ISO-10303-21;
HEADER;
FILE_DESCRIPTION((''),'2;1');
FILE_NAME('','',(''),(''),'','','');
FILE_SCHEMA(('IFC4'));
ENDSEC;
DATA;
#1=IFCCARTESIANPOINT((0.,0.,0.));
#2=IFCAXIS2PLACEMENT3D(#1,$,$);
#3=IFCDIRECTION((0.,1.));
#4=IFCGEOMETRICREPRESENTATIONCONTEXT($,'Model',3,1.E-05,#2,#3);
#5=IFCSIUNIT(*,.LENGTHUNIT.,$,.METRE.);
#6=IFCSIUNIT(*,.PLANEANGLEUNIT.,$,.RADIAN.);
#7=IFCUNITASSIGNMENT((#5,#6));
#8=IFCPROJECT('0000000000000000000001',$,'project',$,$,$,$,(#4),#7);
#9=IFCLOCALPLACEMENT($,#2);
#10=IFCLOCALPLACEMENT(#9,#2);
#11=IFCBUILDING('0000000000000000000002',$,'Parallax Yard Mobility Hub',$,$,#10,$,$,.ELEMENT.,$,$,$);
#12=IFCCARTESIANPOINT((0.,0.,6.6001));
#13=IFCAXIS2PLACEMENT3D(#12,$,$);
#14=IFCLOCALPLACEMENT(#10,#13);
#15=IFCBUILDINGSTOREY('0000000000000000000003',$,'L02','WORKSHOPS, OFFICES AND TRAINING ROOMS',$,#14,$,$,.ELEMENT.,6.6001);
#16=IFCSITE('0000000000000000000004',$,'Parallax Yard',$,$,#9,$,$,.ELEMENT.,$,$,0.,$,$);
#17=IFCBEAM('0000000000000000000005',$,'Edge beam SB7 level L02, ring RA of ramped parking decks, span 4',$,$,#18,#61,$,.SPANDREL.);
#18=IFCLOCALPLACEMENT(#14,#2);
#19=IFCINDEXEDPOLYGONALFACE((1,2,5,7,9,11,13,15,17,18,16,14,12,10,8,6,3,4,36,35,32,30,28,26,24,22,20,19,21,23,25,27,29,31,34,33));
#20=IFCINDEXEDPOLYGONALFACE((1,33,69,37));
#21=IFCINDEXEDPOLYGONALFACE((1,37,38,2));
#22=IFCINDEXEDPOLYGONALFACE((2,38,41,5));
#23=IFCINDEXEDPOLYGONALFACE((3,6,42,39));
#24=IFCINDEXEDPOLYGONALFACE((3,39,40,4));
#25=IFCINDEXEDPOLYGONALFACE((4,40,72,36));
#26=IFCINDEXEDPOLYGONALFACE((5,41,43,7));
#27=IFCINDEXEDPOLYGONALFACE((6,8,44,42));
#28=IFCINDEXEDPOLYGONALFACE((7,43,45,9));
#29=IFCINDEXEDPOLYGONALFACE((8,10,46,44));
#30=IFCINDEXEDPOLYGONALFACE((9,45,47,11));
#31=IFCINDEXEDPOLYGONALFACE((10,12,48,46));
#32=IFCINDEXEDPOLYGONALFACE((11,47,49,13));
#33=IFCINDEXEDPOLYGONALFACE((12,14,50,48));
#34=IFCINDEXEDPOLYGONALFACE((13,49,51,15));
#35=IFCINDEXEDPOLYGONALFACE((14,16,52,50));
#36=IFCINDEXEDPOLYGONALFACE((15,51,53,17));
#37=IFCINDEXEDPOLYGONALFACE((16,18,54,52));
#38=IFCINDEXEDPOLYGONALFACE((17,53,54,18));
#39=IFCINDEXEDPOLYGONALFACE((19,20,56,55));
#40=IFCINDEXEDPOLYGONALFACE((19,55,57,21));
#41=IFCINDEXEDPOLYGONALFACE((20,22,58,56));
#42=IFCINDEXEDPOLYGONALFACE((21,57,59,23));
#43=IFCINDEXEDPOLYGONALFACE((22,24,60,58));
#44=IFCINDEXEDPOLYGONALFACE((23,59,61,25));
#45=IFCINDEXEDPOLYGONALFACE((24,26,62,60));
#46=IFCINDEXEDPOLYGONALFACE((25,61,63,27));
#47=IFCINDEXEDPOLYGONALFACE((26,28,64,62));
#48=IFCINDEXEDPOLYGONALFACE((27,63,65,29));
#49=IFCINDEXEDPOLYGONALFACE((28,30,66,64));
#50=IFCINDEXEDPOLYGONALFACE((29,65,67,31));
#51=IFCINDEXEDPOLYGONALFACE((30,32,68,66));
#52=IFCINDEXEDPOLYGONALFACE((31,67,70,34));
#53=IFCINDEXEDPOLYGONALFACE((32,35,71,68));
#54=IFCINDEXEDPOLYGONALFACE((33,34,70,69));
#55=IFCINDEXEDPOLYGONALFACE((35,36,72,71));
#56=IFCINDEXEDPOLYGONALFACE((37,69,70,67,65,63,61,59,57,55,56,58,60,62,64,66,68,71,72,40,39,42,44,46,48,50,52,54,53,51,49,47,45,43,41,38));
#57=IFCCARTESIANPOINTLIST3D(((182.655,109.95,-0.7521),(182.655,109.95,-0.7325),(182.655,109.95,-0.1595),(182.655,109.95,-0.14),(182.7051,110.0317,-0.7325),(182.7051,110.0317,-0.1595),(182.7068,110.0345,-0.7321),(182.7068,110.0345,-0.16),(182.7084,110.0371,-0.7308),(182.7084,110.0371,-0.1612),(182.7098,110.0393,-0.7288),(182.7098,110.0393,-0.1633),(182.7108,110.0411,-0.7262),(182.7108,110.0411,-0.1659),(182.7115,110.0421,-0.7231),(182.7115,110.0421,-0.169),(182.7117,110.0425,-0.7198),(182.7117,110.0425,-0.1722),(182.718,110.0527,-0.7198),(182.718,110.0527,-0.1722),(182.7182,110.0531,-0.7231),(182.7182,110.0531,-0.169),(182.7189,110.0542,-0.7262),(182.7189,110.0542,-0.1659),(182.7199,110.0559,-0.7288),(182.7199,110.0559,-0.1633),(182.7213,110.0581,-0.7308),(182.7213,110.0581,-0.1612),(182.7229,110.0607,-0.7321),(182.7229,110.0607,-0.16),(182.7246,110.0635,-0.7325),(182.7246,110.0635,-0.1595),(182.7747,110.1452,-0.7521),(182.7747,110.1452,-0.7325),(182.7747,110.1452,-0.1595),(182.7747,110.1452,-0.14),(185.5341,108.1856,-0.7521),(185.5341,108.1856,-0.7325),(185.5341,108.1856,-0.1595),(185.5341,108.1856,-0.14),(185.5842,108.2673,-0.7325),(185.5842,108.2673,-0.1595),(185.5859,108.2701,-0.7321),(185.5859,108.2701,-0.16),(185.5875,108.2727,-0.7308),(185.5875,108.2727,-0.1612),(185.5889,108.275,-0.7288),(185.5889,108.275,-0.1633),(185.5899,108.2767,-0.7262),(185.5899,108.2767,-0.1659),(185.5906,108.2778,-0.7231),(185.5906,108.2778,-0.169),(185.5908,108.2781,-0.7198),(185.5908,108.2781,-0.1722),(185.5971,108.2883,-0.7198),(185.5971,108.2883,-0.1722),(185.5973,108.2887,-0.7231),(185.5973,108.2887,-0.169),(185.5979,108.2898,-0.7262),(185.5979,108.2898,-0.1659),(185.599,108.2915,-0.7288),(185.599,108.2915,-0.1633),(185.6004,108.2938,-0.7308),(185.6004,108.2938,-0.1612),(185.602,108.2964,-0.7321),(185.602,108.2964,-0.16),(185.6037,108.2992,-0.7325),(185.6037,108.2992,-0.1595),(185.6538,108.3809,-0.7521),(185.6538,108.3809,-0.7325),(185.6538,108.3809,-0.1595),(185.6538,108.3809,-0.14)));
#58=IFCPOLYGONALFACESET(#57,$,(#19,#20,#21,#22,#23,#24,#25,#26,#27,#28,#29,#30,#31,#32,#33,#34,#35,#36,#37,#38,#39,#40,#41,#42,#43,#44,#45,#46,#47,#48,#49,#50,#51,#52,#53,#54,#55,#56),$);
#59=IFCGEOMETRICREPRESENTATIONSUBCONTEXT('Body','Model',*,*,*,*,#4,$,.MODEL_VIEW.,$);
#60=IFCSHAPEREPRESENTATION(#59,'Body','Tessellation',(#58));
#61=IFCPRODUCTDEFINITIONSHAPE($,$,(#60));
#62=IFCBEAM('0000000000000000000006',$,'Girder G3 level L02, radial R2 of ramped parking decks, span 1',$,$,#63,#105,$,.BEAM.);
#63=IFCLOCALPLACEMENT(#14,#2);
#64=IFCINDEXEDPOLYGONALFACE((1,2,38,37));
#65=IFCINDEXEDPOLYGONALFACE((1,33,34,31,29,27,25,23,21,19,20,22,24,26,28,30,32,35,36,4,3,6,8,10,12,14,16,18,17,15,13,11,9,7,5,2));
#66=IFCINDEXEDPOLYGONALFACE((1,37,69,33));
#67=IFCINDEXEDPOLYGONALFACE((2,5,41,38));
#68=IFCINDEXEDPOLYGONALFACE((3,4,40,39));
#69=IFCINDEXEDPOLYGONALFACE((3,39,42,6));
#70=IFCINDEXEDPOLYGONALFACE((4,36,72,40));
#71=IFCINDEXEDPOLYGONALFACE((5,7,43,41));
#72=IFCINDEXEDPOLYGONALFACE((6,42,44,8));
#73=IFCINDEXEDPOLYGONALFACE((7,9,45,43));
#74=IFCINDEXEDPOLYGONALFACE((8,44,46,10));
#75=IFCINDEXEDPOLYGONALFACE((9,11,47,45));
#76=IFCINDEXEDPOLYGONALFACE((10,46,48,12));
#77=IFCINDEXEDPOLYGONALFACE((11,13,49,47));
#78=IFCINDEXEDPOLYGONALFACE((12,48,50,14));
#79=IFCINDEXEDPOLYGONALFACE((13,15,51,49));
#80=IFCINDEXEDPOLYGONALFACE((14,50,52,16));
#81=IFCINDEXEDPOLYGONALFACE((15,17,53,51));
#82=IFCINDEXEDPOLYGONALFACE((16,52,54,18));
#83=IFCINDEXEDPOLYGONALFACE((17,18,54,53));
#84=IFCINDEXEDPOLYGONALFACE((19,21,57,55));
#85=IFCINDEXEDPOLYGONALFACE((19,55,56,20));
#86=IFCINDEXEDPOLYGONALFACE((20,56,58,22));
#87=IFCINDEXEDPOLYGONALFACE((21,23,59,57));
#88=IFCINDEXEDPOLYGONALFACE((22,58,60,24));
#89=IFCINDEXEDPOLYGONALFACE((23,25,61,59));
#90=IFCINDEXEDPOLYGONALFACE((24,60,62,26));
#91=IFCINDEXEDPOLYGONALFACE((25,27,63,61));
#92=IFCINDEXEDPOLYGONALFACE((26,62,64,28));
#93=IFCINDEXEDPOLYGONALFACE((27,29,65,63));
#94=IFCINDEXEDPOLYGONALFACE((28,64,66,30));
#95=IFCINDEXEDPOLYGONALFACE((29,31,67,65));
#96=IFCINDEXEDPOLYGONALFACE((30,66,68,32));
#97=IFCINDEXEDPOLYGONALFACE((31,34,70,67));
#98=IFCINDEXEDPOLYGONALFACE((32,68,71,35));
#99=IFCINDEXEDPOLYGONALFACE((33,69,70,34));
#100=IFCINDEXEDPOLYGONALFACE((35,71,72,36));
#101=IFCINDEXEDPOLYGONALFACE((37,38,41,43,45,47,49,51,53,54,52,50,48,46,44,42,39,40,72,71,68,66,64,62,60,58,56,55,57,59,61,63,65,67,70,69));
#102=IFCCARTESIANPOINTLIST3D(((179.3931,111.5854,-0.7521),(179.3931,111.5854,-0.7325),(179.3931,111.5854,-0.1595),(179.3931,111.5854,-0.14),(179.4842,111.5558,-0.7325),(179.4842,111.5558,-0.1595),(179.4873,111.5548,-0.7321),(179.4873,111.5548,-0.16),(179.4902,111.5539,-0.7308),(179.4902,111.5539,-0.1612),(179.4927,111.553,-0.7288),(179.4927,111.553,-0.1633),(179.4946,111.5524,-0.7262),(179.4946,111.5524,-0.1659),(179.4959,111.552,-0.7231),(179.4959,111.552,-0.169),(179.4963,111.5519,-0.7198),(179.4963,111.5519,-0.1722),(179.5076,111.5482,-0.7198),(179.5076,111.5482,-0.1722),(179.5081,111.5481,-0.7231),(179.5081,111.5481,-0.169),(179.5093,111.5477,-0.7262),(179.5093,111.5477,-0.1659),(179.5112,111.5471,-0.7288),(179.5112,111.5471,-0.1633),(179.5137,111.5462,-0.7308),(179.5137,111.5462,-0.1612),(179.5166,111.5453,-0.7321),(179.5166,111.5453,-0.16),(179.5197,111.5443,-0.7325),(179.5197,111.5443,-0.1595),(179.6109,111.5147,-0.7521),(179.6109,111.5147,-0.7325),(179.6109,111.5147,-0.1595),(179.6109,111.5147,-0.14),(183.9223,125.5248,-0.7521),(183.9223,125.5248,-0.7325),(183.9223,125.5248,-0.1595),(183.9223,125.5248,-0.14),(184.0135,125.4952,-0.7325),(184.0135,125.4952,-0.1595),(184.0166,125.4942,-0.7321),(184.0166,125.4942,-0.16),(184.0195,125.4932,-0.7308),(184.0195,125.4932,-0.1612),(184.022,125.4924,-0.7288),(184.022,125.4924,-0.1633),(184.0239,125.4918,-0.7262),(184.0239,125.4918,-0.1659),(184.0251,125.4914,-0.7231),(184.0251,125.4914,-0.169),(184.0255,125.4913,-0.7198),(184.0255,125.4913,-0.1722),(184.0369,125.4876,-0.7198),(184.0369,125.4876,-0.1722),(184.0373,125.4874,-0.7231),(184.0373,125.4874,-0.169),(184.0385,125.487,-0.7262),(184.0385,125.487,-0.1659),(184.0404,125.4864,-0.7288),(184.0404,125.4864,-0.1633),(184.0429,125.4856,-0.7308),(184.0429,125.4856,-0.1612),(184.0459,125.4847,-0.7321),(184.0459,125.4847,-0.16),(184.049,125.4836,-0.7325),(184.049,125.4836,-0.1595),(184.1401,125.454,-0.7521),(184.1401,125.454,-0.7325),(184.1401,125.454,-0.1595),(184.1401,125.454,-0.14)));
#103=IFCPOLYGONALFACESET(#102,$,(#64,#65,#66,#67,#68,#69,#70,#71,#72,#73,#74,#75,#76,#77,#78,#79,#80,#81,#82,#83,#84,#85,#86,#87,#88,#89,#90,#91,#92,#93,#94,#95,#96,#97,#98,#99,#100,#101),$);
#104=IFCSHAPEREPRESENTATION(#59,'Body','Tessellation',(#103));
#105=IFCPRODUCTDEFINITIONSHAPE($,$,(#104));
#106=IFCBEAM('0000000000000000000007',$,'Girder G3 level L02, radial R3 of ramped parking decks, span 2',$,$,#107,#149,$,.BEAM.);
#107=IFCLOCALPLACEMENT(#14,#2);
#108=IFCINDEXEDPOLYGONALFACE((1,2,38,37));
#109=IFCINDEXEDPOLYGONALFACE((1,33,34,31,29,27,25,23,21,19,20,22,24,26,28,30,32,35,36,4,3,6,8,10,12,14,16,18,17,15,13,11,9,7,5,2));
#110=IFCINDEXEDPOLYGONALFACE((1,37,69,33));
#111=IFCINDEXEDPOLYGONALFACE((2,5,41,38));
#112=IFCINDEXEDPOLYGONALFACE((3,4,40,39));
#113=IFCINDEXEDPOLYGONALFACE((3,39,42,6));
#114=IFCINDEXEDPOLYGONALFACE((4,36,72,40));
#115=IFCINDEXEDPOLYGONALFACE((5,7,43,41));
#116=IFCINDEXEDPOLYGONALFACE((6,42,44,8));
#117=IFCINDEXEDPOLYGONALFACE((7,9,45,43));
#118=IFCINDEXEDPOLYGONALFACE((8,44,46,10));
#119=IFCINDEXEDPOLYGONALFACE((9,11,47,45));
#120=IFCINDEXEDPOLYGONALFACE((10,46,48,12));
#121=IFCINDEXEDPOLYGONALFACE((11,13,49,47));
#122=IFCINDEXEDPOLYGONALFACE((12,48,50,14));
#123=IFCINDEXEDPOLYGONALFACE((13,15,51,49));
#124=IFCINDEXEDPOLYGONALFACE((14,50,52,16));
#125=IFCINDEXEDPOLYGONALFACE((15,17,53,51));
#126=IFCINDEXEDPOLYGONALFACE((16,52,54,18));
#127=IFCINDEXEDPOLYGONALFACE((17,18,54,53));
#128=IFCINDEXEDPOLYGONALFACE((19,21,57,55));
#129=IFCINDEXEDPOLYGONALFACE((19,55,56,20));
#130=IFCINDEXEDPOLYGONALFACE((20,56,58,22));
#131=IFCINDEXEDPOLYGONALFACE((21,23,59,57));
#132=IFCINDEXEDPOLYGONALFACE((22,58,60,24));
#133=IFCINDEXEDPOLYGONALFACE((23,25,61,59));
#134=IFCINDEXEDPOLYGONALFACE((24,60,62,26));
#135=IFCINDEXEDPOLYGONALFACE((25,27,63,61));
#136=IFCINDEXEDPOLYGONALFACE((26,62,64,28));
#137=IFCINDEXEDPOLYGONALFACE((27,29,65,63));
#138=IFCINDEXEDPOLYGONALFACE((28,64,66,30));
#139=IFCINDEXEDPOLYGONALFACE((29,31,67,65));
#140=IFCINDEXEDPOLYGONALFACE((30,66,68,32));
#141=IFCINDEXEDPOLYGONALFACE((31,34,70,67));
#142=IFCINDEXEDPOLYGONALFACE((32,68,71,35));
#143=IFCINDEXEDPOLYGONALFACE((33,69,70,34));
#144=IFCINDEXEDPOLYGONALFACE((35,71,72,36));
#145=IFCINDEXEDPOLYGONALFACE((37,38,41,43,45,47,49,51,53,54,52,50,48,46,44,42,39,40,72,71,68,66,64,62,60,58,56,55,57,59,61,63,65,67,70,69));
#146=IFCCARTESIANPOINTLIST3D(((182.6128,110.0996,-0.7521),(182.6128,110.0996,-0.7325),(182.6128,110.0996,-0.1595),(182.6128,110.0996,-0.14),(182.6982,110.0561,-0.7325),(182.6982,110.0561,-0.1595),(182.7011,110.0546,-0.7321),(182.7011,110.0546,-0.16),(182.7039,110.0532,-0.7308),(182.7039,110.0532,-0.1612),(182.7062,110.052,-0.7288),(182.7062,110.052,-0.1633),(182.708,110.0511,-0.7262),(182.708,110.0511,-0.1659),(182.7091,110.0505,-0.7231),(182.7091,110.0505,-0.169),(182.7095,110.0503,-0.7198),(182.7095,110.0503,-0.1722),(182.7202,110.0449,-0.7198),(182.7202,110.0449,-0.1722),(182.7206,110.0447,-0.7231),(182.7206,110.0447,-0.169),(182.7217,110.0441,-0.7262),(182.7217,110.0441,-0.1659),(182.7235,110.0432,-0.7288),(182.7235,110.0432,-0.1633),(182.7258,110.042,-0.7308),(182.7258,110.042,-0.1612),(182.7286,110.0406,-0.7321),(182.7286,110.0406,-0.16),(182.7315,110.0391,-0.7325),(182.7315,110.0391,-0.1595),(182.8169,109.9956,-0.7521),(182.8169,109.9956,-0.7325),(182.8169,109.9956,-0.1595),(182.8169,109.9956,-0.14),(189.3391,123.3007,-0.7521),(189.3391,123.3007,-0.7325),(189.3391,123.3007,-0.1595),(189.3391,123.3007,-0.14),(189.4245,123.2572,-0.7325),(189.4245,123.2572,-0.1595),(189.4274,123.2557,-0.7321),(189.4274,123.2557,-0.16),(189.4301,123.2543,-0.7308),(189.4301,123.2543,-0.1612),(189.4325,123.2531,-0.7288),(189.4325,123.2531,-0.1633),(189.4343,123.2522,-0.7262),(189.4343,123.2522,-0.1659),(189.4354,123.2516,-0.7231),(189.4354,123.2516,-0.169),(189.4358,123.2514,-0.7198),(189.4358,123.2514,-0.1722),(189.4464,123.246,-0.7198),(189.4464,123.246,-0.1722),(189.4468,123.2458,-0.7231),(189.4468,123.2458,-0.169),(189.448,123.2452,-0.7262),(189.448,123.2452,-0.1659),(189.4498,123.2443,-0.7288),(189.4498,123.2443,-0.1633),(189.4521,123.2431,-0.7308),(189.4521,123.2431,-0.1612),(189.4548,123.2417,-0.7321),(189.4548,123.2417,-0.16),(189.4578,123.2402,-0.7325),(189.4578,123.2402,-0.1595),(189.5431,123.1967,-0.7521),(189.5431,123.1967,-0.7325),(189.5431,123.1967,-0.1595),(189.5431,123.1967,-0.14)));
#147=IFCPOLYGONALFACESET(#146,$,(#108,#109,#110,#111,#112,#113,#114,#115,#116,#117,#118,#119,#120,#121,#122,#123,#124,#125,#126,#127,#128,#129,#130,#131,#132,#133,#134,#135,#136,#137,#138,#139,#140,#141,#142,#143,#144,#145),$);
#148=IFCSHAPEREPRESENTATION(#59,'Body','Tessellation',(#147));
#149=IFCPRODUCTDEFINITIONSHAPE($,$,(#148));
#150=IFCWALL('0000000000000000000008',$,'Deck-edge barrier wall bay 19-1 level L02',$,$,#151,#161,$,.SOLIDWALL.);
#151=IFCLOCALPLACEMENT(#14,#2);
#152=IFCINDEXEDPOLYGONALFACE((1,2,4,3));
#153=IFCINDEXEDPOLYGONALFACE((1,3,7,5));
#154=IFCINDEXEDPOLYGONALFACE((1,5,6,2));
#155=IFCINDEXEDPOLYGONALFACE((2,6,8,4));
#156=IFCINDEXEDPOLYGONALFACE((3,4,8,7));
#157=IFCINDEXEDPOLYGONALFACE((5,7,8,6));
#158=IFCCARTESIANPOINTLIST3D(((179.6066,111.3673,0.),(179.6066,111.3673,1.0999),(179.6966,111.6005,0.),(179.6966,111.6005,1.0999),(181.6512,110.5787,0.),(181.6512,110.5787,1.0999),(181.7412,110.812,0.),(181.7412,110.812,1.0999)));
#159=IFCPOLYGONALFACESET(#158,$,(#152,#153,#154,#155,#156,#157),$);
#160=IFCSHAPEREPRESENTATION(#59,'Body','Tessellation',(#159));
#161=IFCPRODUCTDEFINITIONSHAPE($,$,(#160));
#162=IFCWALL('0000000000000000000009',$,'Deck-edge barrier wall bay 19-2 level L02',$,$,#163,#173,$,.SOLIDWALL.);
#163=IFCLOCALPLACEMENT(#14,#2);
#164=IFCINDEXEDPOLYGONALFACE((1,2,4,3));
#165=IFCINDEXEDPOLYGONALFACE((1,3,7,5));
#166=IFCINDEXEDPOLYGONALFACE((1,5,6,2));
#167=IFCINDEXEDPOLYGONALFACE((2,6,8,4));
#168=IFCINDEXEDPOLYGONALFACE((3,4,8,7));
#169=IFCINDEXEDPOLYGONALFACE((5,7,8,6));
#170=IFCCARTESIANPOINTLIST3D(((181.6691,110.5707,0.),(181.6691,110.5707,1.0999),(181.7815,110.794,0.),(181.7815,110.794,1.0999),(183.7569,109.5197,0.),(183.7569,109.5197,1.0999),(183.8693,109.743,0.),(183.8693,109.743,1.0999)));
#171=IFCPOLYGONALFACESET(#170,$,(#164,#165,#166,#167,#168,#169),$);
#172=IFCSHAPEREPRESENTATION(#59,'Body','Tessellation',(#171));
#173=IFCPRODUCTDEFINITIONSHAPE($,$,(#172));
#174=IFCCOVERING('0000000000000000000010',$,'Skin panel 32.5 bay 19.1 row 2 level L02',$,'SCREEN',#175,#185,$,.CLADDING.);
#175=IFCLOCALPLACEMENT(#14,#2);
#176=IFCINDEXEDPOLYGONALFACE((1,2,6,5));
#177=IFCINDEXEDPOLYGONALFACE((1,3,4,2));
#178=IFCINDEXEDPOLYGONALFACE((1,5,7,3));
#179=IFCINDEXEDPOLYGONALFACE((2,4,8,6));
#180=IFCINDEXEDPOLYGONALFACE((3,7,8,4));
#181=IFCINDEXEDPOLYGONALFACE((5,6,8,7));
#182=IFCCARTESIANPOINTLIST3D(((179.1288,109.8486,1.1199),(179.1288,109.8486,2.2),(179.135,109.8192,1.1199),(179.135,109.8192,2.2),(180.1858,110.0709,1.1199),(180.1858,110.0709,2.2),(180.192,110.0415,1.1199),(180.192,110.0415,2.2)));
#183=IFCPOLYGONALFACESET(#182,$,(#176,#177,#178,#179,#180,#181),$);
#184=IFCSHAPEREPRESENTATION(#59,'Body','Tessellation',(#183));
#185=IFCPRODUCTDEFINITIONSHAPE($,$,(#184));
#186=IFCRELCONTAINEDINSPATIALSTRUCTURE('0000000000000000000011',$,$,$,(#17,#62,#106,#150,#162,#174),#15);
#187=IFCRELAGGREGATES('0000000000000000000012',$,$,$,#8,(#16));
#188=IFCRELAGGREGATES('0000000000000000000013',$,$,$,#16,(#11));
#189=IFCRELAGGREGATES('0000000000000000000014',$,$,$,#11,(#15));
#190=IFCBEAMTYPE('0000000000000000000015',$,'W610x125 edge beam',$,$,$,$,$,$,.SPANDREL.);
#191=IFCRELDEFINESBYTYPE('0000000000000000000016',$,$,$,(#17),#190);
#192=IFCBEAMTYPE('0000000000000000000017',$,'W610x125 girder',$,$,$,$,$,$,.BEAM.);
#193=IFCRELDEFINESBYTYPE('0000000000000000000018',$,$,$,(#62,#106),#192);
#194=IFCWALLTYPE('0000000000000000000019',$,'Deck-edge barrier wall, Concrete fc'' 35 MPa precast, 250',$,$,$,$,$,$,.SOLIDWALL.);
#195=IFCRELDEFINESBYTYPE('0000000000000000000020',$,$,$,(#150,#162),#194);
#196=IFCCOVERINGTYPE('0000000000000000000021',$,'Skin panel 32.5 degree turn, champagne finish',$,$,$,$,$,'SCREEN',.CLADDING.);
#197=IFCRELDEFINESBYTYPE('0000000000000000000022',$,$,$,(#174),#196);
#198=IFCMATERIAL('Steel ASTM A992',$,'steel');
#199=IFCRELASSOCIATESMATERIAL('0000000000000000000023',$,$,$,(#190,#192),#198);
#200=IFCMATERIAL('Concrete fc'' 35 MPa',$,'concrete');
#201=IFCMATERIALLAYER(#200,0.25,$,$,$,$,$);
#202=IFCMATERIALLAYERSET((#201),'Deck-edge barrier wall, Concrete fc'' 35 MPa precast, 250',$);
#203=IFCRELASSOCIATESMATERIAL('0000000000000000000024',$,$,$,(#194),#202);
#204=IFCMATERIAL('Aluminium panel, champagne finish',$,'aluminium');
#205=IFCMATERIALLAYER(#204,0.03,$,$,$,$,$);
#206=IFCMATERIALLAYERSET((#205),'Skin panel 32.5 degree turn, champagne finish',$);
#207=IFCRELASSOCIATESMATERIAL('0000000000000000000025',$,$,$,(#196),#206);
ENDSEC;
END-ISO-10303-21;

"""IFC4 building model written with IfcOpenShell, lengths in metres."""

from ifc_helpers import new_model, si_unit, direction, frame, frame_2d, origin, origin_2d, place, context, subcontext, project, spatial, rectangle, i_section, extrude, material, layer, layer_set, material_profile, profile_set, type_object, element, save


model = new_model("IFC4")

# Units and contexts
model_context = context("Model", 3, precision=1e-05, world=origin(), true_north=direction((0.0, 1.0)))
body_context = subcontext(model_context, "Body", "Model", "MODEL_VIEW")
ifc_project = project(units=[si_unit("LENGTHUNIT", "METRE"), si_unit("PLANEANGLEUNIT", "RADIAN")], contexts=[model_context])

# Site, building, storey
site_placement = place(None, origin())
site = spatial("IfcSite", under=ifc_project, at=site_placement, Name="Parallax Yard", CompositionType="ELEMENT", RefElevation=0.0)
building_placement = place(site_placement, origin())
building = spatial("IfcBuilding", under=site, at=building_placement, Name="Parallax Yard Mobility Hub", CompositionType="ELEMENT")
storey_placement = place(building_placement, frame((0.0, 0.0, 6.6001)))
storey = spatial("IfcBuildingStorey", under=building, at=storey_placement, Name="L02", Description="WORKSHOPS, OFFICES AND TRAINING ROOMS", CompositionType="ELEMENT", Elevation=6.6001)

# Beams
ifc_material_1 = material(Name="Steel ASTM A992", Category="steel")
ifc_material_profile_1 = material_profile(ifc_material_1, i_section(OverallWidth=0.229, OverallDepth=0.6121, WebThickness=0.012, FlangeThickness=0.0195, FilletRadius=0.0127, at=origin_2d()), Name="W610x125")
ifc_profile_set_1 = profile_set([ifc_material_profile_1], Name="Steel ASTM A992")
beam_type_1 = type_object("IfcBeamType", Name="W610x125 edge beam", PredefinedType="SPANDREL", material=ifc_profile_set_1)
for number, where, z_axis, x_axis, name in (
    (1, (182.7148, 110.0476, -0.446), (0.852632, -0.522511, 0.0), (0.522511, 0.852632, 0.0), "Edge beam SB7 level L02, ring RA of ramped parking decks, span 4"),
):
    element("IfcBeam", number, at=place(storey_placement, frame(where, z_axis=z_axis, x_axis=x_axis)), inside=storey, type_object=beam_type_1, Name=name, PredefinedType="SPANDREL", context=body_context, shape_type="SweptSolid", body=[
        extrude(i_section(OverallWidth=0.229, OverallDepth=0.6121, WebThickness=0.012, FlangeThickness=0.0195, FilletRadius=0.0127, at=origin_2d()), origin(), (0.0, 0.0, 1.0), 3.3767),
    ])
ifc_material_profile_2 = material_profile(ifc_material_1, i_section(OverallWidth=0.229, OverallDepth=0.6121, WebThickness=0.012, FlangeThickness=0.0195, FilletRadius=0.0127, at=origin_2d()), Name="W610x125")
ifc_profile_set_2 = profile_set([ifc_material_profile_2], Name="Steel ASTM A992")
beam_type_2 = type_object("IfcBeamType", Name="W610x125 girder", PredefinedType="BEAM", material=ifc_profile_set_2)
beam_1_placement = place(storey_placement, frame((179.502, 111.55, -0.446), z_axis=(0.309023, 0.951055, 0.0), x_axis=(-0.951055, 0.309023, 0.0)))
element("IfcBeam", 2, at=beam_1_placement, inside=storey, type_object=beam_type_2, Name="Girder G3 level L02, radial R2 of ramped parking decks, span 1", PredefinedType="BEAM", context=body_context, shape_type="SweptSolid", body=[
    extrude(i_section(OverallWidth=0.229, OverallDepth=0.6121, WebThickness=0.012, FlangeThickness=0.0195, FilletRadius=0.0127, at=origin_2d()), origin(), (0.0, 0.0, 1.0), 14.6567),
])
beam_2_placement = place(storey_placement, frame((182.7148, 110.0476, -0.446), z_axis=(0.45399, 0.891007, 0.0), x_axis=(-0.891007, 0.45399, 0.0)))
element("IfcBeam", 3, at=beam_2_placement, inside=storey, type_object=beam_type_2, Name="Girder G3 level L02, radial R3 of ramped parking decks, span 2", PredefinedType="BEAM", context=body_context, shape_type="SweptSolid", body=[
    extrude(i_section(OverallWidth=0.229, OverallDepth=0.6121, WebThickness=0.012, FlangeThickness=0.0195, FilletRadius=0.0127, at=origin_2d()), origin(), (0.0, 0.0, 1.0), 14.8159),
])

# Walls
ifc_material_2 = material(Name="Concrete fc' 35 MPa", Category="concrete")
ifc_layer_1 = layer(ifc_material_2, 0.25)
ifc_layer_set_1 = layer_set([ifc_layer_1], Name="Deck-edge barrier wall, Concrete fc' 35 MPa precast, 250")
wall_type = type_object("IfcWallType", Name="Deck-edge barrier wall, Concrete fc' 35 MPa precast, 250", PredefinedType="SOLIDWALL", material=ifc_layer_set_1)
wall_1_placement = place(storey_placement, frame((179.6516, 111.4839, 0.0), z_axis=(0.0, 0.0, 1.0), x_axis=(0.933015, -0.359837, 0.0)))
element("IfcWall", 4, at=wall_1_placement, inside=storey, type_object=wall_type, Name="Deck-edge barrier wall bay 19-1 level L02", PredefinedType="SOLIDWALL", context=body_context, shape_type="SweptSolid", body=[
    extrude(rectangle(XDim=2.1914, YDim=0.25, at=frame_2d((1.0957, 0.0))), origin(), (0.0, 0.0, 1.0), 1.0999),
])
wall_2_placement = place(storey_placement, frame((181.7253, 110.6824, 0.0), z_axis=(0.0, 0.0, 1.0), x_axis=(0.893212, -0.449635, 0.0)))
element("IfcWall", 5, at=wall_2_placement, inside=storey, type_object=wall_type, Name="Deck-edge barrier wall bay 19-2 level L02", PredefinedType="SOLIDWALL", context=body_context, shape_type="SweptSolid", body=[
    extrude(rectangle(XDim=2.3374, YDim=0.25, at=frame_2d((1.1687, 0.0))), origin(), (0.0, 0.0, 1.0), 1.0999),
])

# Covering
ifc_material_3 = material(Name="Aluminium panel, champagne finish", Category="aluminium")
ifc_layer_2 = layer(ifc_material_3, 0.03)
ifc_layer_set_2 = layer_set([ifc_layer_2], Name="Skin panel 32.5 degree turn, champagne finish")
covering_type_1 = type_object("IfcCoveringType", Name="Skin panel 32.5 degree turn, champagne finish", ElementType="SCREEN", PredefinedType="CLADDING", material=ifc_layer_set_2)
for number, where, z_axis, x_axis, name in (
    (6, (179.6604, 109.9451, 1.1199), (0.0, 0.0, 1.0), (-0.978599, -0.205777, 0.0), "Skin panel 32.5 bay 19.1 row 2 level L02"),
):
    element("IfcCovering", number, at=place(storey_placement, frame(where, z_axis=z_axis, x_axis=x_axis)), inside=storey, type_object=covering_type_1, Name=name, ObjectType="SCREEN", PredefinedType="CLADDING", context=body_context, shape_type="SweptSolid", body=[
        extrude(rectangle(XDim=1.0801, YDim=0.03, at=origin_2d()), origin(), (0.0, 0.0, 1.0), 1.0801),
    ])

save(model, "model.ifc")
